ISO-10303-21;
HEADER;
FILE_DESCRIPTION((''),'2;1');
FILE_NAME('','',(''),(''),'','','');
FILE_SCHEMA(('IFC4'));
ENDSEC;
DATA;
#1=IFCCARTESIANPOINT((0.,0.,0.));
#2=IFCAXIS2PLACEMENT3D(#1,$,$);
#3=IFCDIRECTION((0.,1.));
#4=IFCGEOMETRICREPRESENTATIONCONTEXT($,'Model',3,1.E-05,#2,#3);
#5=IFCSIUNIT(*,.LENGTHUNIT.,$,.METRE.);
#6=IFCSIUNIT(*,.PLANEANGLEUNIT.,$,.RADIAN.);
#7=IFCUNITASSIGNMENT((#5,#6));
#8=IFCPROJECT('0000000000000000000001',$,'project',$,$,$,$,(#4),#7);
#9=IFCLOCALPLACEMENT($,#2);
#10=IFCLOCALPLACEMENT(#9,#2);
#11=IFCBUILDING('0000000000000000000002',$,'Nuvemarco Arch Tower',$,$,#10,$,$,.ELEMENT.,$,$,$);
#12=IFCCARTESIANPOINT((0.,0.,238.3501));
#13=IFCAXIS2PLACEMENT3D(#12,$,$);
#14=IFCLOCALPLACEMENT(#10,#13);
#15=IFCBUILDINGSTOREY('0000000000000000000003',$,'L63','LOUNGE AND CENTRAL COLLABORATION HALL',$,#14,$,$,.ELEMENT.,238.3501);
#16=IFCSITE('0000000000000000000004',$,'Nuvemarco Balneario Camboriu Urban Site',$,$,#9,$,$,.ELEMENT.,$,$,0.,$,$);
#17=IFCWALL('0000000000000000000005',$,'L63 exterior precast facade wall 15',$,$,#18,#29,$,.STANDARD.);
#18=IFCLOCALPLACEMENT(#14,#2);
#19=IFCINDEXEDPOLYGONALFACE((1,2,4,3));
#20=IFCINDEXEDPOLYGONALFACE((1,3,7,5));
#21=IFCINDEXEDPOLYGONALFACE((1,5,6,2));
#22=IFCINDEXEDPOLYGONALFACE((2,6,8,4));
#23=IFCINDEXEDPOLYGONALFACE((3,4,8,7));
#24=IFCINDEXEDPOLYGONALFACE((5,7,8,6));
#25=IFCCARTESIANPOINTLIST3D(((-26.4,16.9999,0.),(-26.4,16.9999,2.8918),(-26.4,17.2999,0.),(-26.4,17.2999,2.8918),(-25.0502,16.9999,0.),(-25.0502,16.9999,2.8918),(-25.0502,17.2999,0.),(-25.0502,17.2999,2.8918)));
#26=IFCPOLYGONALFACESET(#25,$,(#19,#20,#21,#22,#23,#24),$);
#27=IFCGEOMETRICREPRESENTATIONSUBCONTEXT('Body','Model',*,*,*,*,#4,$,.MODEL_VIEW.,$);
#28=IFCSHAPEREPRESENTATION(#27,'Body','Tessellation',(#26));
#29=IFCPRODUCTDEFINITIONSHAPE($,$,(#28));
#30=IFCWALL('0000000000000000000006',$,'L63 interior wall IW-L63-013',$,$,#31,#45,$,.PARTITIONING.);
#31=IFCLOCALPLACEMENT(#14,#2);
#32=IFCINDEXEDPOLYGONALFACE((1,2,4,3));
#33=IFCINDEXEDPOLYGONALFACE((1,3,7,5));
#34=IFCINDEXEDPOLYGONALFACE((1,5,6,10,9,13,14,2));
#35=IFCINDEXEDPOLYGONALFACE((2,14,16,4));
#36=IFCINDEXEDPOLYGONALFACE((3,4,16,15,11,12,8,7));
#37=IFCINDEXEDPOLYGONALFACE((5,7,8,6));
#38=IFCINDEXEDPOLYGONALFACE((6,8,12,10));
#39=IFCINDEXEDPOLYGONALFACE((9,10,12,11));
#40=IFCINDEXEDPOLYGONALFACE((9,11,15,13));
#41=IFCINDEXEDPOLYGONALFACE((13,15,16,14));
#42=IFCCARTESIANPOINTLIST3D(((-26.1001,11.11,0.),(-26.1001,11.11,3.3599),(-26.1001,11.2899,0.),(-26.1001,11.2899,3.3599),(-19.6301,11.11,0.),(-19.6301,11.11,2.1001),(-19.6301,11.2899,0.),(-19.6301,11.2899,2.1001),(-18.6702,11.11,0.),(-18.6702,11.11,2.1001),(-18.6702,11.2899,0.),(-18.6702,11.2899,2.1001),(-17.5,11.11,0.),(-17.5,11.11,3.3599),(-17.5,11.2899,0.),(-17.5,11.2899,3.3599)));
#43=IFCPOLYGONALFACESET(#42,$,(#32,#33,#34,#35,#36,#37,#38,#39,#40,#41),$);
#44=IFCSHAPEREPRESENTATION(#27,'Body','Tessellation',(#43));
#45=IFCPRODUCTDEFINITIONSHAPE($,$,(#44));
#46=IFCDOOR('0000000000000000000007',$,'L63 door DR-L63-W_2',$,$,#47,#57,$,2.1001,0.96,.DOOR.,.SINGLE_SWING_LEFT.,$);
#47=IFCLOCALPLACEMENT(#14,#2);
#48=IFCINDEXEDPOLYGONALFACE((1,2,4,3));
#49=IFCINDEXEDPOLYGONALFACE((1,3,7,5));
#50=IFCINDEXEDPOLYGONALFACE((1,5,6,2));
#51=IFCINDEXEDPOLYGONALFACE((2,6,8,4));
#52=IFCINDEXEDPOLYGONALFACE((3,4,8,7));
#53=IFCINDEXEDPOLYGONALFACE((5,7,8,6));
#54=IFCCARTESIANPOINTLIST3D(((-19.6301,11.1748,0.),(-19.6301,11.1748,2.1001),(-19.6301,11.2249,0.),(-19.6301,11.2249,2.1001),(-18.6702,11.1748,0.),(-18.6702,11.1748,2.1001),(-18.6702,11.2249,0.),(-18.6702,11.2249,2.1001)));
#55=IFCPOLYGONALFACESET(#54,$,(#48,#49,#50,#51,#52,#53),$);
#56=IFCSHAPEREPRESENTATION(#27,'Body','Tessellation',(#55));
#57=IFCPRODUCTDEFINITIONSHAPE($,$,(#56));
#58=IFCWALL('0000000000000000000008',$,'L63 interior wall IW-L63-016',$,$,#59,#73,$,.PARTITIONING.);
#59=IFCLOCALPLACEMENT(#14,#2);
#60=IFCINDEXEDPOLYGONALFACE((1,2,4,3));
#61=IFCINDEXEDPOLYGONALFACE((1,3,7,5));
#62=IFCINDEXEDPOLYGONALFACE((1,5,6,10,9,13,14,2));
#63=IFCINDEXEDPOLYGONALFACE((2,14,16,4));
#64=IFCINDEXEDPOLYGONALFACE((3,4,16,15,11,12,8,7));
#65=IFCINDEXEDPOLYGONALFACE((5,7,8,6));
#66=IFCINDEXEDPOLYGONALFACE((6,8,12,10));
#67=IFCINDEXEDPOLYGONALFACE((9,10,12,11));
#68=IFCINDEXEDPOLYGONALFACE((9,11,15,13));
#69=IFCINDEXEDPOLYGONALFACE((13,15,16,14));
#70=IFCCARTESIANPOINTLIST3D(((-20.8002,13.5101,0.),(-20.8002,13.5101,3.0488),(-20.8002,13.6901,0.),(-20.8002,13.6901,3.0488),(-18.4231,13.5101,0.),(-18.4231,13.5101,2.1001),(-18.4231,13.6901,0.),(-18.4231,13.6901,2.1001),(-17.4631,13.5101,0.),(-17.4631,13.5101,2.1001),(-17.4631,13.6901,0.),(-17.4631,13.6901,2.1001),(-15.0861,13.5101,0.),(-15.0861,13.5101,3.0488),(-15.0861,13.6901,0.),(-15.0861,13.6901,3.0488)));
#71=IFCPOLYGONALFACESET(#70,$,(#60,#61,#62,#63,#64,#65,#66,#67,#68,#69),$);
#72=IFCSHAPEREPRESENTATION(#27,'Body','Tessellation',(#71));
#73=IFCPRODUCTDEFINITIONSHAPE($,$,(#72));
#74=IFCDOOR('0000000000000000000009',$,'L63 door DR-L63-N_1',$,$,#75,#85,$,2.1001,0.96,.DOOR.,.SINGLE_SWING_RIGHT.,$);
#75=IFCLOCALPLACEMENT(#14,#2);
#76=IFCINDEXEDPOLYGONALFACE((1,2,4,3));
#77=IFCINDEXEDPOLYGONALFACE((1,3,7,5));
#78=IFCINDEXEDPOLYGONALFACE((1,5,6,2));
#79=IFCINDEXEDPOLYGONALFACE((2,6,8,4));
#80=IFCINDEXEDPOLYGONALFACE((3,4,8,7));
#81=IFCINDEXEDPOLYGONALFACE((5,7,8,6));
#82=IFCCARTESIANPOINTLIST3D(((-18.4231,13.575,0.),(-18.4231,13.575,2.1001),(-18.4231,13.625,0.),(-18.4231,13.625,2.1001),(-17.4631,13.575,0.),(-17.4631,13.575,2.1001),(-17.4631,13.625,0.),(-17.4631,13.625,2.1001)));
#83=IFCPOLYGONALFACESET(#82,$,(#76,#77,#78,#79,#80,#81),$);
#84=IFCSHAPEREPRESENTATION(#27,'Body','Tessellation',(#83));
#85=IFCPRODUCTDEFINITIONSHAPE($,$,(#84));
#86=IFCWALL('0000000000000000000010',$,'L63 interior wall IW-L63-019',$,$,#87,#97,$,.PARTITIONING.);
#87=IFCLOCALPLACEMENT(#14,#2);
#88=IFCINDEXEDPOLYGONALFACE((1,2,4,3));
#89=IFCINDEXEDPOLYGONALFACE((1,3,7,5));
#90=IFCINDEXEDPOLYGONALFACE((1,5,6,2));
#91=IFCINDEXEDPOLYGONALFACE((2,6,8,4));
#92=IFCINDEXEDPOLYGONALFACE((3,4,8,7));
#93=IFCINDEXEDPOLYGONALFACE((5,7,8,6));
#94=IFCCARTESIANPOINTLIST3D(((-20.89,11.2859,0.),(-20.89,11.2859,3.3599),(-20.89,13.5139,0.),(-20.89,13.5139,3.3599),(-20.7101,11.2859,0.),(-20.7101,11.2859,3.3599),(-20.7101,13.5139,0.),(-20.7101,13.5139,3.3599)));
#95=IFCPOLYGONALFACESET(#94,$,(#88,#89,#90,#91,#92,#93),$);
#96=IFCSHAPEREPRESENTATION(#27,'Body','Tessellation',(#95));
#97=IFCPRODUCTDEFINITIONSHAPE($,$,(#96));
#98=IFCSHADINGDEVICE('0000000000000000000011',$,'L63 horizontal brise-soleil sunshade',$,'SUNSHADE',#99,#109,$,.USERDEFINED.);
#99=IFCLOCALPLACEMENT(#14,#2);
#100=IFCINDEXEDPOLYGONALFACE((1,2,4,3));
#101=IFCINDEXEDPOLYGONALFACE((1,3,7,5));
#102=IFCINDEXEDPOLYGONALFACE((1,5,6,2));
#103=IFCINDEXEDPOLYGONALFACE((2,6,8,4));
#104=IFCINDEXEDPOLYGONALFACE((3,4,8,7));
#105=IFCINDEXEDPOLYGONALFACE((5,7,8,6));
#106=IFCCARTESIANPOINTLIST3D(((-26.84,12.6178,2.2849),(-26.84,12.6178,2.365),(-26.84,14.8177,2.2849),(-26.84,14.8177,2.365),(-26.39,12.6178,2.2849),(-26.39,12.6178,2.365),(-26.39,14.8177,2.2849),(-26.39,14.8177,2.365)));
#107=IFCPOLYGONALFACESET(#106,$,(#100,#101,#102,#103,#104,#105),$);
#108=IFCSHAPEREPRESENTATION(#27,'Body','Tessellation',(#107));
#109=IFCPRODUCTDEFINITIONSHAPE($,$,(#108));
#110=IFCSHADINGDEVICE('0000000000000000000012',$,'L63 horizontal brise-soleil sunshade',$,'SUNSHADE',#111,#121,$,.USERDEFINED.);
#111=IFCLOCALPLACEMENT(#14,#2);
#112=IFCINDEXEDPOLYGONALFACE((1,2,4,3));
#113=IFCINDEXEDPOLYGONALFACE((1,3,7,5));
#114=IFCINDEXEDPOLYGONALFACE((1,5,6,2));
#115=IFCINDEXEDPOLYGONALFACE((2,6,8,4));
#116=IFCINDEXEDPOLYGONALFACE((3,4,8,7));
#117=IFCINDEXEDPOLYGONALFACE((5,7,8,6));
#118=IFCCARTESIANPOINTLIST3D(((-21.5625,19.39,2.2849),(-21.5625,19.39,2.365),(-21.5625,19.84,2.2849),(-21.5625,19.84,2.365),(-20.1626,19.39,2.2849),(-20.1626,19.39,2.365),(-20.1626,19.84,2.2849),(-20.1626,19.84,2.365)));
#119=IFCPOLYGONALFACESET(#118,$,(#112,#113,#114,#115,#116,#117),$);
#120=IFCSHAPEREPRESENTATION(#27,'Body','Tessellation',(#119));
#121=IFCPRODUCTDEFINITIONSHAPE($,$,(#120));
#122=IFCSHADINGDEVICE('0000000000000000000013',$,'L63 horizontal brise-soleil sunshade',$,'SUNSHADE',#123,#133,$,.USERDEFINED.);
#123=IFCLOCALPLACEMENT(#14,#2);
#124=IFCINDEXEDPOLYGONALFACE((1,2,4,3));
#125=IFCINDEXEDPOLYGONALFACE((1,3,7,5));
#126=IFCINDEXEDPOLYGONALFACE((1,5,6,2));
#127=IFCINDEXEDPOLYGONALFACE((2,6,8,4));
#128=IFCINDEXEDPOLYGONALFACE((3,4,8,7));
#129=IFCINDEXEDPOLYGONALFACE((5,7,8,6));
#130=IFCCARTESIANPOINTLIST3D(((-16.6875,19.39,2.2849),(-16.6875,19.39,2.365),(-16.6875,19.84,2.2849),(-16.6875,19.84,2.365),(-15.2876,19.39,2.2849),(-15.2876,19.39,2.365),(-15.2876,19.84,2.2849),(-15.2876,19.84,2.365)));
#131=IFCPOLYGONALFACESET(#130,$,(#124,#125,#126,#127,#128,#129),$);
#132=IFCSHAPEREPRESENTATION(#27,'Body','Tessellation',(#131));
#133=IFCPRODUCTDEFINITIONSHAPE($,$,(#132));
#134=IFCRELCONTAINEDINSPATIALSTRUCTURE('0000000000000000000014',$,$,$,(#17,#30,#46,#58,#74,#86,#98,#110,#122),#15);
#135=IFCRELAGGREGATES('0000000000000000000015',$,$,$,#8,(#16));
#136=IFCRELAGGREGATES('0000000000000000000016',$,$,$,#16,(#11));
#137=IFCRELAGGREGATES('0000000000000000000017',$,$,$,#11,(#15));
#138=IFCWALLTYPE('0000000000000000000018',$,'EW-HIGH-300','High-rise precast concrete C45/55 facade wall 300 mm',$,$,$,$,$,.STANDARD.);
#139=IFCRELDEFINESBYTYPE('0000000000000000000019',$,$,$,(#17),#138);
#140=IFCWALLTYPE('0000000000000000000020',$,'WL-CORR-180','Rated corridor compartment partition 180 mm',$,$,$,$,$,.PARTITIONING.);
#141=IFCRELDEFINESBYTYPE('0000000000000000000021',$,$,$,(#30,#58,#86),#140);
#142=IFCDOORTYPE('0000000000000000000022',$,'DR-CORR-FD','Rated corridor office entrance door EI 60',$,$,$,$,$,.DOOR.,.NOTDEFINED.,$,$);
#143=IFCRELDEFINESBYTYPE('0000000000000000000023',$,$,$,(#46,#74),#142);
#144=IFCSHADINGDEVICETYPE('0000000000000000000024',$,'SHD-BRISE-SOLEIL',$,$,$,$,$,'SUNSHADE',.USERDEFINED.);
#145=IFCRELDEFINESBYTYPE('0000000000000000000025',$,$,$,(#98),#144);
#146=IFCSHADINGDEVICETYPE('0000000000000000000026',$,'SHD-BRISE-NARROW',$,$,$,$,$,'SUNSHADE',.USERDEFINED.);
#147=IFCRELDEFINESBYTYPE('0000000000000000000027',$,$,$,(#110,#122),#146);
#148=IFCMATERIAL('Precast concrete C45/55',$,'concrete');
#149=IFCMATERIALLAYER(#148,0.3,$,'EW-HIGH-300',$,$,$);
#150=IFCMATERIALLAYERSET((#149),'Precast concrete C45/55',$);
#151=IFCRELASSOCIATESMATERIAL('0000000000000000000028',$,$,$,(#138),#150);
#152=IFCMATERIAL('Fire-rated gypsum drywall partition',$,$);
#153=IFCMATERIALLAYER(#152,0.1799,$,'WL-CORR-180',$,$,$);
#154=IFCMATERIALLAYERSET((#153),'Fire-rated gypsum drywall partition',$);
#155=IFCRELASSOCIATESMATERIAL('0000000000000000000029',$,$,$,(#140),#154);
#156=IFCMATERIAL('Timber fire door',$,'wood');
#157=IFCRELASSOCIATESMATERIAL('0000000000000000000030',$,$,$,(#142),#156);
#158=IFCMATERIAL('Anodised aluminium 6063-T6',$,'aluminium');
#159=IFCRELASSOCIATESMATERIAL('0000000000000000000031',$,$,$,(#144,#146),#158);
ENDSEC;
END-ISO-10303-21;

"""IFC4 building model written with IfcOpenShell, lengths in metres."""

from ifc_helpers import new_model, si_unit, direction, frame, frame_2d, origin, origin_2d, place, context, subcontext, project, spatial, rectangle, extrude, source, transform, mapped, material, layer, layer_set, type_object, type_shapes, element, fill, save


model = new_model("IFC4")

# Units and contexts
model_context = context("Model", 3, precision=1e-05, world=origin(), true_north=direction((0.0, 1.0)))
body_context = subcontext(model_context, "Body", "Model", "MODEL_VIEW")
ifc_project = project(units=[si_unit("LENGTHUNIT", "METRE"), si_unit("PLANEANGLEUNIT", "RADIAN")], contexts=[model_context])

# Site, building, storey
site_placement = place(None, origin())
site = spatial("IfcSite", under=ifc_project, at=site_placement, Name="Nuvemarco Balneario Camboriu Urban Site", CompositionType="ELEMENT", RefElevation=0.0)
building_placement = place(site_placement, origin())
building = spatial("IfcBuilding", under=site, at=building_placement, Name="Nuvemarco Arch Tower", CompositionType="ELEMENT")
storey_placement = place(building_placement, frame((0.0, 0.0, 238.3501)))
storey = spatial("IfcBuildingStorey", under=building, at=storey_placement, Name="L63", Description="LOUNGE AND CENTRAL COLLABORATION HALL", CompositionType="ELEMENT", Elevation=238.3501)

# Shared definitions
ifc_material_1 = material(Name="Precast concrete C45/55", Category="concrete")
ifc_layer_1 = layer(ifc_material_1, 0.3, Name="EW-HIGH-300")
ifc_layer_set_1 = layer_set([ifc_layer_1], Name="Precast concrete C45/55")
wall_type_1 = type_object("IfcWallType", Name="EW-HIGH-300", Description="High-rise precast concrete C45/55 facade wall 300 mm", PredefinedType="STANDARD", material=ifc_layer_set_1)

# Wall
wall_1_placement = place(storey_placement, frame((-26.3999, 17.1499, 0.0), z_axis=(0.0, 0.0, 1.0), x_axis=(1.0, 0.0, 0.0)))
element("IfcWall", 1, at=wall_1_placement, inside=storey, type_object=wall_type_1, Name="L63 exterior precast facade wall 15", PredefinedType="STANDARD", context=body_context, shape_type="SweptSolid", body=[
    extrude(rectangle(XDim=1.3499, YDim=0.3, at=frame_2d((0.6748, 0.0))), origin(), (0.0, 0.0, 1.0), 2.8918),
])

# Walls, openings, doors
ifc_material_2 = material(Name="Fire-rated gypsum drywall partition")
ifc_layer_2 = layer(ifc_material_2, 0.1799, Name="WL-CORR-180")
ifc_layer_set_2 = layer_set([ifc_layer_2], Name="Fire-rated gypsum drywall partition")
wall_type_2 = type_object("IfcWallType", Name="WL-CORR-180", Description="Rated corridor compartment partition 180 mm", PredefinedType="PARTITIONING", material=ifc_layer_set_2)
wall_2_placement = place(storey_placement, frame((-26.1001, 11.2, 0.0), z_axis=(0.0, 0.0, 1.0), x_axis=(1.0, 0.0, 0.0)))
wall_2 = element("IfcWall", 2, at=wall_2_placement, inside=storey, type_object=wall_type_2, Name="L63 interior wall IW-L63-013", PredefinedType="PARTITIONING", context=body_context, shape_type="SweptSolid", body=[
    extrude(rectangle(XDim=8.6001, YDim=0.1799, at=frame_2d((4.3, 0.0))), origin(), (0.0, 0.0, 1.0), 3.3599),
])
opening_1_placement = place(wall_2_placement, frame((6.47, 0.0, 0.0)))
opening_1 = element("IfcOpeningElement", 3, at=opening_1_placement, cuts=wall_2, PredefinedType="OPENING", context=body_context, shape_type="SweptSolid", body=[
    extrude(rectangle(XDim=0.96, YDim=2.1001, at=frame_2d((0.48, 1.05))), frame((0.0, 0.0999, 0.0), z_axis=(0.0, -1.0, 0.0), x_axis=(1.0, 0.0, 0.0)), (0.0, 0.0, 1.0), 0.2),
])
ifc_material_3 = material(Name="Timber fire door", Category="wood")
door_type_1 = type_object("IfcDoorType", Name="DR-CORR-FD", Description="Rated corridor office entrance door EI 60", OperationType="NOTDEFINED", PredefinedType="DOOR", material=ifc_material_3)
shared_shape_1 = source(origin(), body_context, "Body", "SweptSolid", [
    extrude(rectangle(XDim=0.96, YDim=2.1001, at=frame_2d((0.48, 1.05))), frame((0.0, 0.0249, 0.0), z_axis=(0.0, -1.0, 0.0), x_axis=(1.0, 0.0, 0.0)), (0.0, 0.0, 1.0), 0.05),
])
type_shapes(door_type_1, [shared_shape_1])
door_1_placement = place(opening_1_placement, origin())
door_1 = element("IfcDoor", 4, at=door_1_placement, inside=storey, type_object=door_type_1, Name="L63 door DR-L63-W_2", OperationType="SINGLE_SWING_LEFT", OverallHeight=2.1001, OverallWidth=0.96, PredefinedType="DOOR", context=body_context, shape_type="MappedRepresentation", body=[
    mapped(shared_shape_1, transform((0.0, 0.0, 0.0), scale=1.0)),
])
fill(opening_1, door_1)
wall_3_placement = place(storey_placement, frame((-20.8, 13.6001, 0.0), z_axis=(0.0, 0.0, 1.0), x_axis=(1.0, 0.0, 0.0)))
wall_3 = element("IfcWall", 5, at=wall_3_placement, inside=storey, type_object=wall_type_2, Name="L63 interior wall IW-L63-016", PredefinedType="PARTITIONING", context=body_context, shape_type="SweptSolid", body=[
    extrude(rectangle(XDim=5.7141, YDim=0.1799, at=frame_2d((2.8569, 0.0))), origin(), (0.0, 0.0, 1.0), 3.0488),
])
opening_2_placement = place(wall_3_placement, frame((2.377, 0.0, 0.0)))
opening_2 = element("IfcOpeningElement", 6, at=opening_2_placement, cuts=wall_3, PredefinedType="OPENING", context=body_context, shape_type="SweptSolid", body=[
    extrude(rectangle(XDim=0.96, YDim=2.1001, at=frame_2d((0.48, 1.05))), frame((0.0, 0.0999, 0.0), z_axis=(0.0, -1.0, 0.0), x_axis=(1.0, 0.0, 0.0)), (0.0, 0.0, 1.0), 0.2),
])
door_2_placement = place(opening_2_placement, origin())
door_2 = element("IfcDoor", 7, at=door_2_placement, inside=storey, type_object=door_type_1, Name="L63 door DR-L63-N_1", OperationType="SINGLE_SWING_RIGHT", OverallHeight=2.1001, OverallWidth=0.96, PredefinedType="DOOR", context=body_context, shape_type="MappedRepresentation", body=[
    mapped(shared_shape_1, transform((0.0, 0.0, 0.0), scale=1.0)),
])
fill(opening_2, door_2)

# Wall
wall_4_placement = place(storey_placement, frame((-20.8, 11.2859, 0.0), z_axis=(0.0, 0.0, 1.0), x_axis=(0.0, 1.0, 0.0)))
element("IfcWall", 8, at=wall_4_placement, inside=storey, type_object=wall_type_2, Name="L63 interior wall IW-L63-019", PredefinedType="PARTITIONING", context=body_context, shape_type="SweptSolid", body=[
    extrude(rectangle(XDim=2.228, YDim=0.1799, at=frame_2d((1.114, 0.0))), origin(), (0.0, 0.0, 1.0), 3.3599),
])

# Shading devices
ifc_material_4 = material(Name="Anodised aluminium 6063-T6", Category="aluminium")
shading_device_type_1 = type_object("IfcShadingDeviceType", Name="SHD-BRISE-SOLEIL", ElementType="SUNSHADE", PredefinedType="USERDEFINED", material=ifc_material_4)
shared_shape_2 = source(origin(), body_context, "Body", "SweptSolid", [
    extrude(rectangle(XDim=2.2, YDim=0.45, at=origin_2d()), origin(), (0.0, 0.0, 1.0), 0.0801),
])
type_shapes(shading_device_type_1, [shared_shape_2])
shading_device_placement = place(storey_placement, frame((-26.615, 13.7178, 2.2849), z_axis=(0.0, 0.0, 1.0), x_axis=(0.0, 1.0, 0.0)))
element("IfcShadingDevice", 9, at=shading_device_placement, inside=storey, type_object=shading_device_type_1, Name="L63 horizontal brise-soleil sunshade", ObjectType="SUNSHADE", PredefinedType="USERDEFINED", context=body_context, shape_type="MappedRepresentation", body=[
    mapped(shared_shape_2, transform((0.0, 0.0, 0.0), scale=1.0)),
])
shading_device_type_2 = type_object("IfcShadingDeviceType", Name="SHD-BRISE-NARROW", ElementType="SUNSHADE", PredefinedType="USERDEFINED", material=ifc_material_4)
shared_shape_3 = source(origin(), body_context, "Body", "SweptSolid", [
    extrude(rectangle(XDim=1.3999, YDim=0.45, at=origin_2d()), origin(), (0.0, 0.0, 1.0), 0.0801),
])
type_shapes(shading_device_type_2, [shared_shape_3])
for number, where, z_axis, x_axis, name in (
    (10, (-20.8625, 19.615, 2.2849), (0.0, 0.0, 1.0), (1.0, 0.0, 0.0), "L63 horizontal brise-soleil sunshade"),
    (11, (-15.9875, 19.615, 2.2849), (0.0, 0.0, 1.0), (1.0, 0.0, 0.0), "L63 horizontal brise-soleil sunshade"),
):
    element("IfcShadingDevice", number, at=place(storey_placement, frame(where, z_axis=z_axis, x_axis=x_axis)), inside=storey, type_object=shading_device_type_2, Name=name, ObjectType="SUNSHADE", PredefinedType="USERDEFINED", context=body_context, shape_type="MappedRepresentation", body=[
        mapped(shared_shape_3, transform((0.0, 0.0, 0.0), scale=1.0)),
    ])

save(model, "model.ifc")
